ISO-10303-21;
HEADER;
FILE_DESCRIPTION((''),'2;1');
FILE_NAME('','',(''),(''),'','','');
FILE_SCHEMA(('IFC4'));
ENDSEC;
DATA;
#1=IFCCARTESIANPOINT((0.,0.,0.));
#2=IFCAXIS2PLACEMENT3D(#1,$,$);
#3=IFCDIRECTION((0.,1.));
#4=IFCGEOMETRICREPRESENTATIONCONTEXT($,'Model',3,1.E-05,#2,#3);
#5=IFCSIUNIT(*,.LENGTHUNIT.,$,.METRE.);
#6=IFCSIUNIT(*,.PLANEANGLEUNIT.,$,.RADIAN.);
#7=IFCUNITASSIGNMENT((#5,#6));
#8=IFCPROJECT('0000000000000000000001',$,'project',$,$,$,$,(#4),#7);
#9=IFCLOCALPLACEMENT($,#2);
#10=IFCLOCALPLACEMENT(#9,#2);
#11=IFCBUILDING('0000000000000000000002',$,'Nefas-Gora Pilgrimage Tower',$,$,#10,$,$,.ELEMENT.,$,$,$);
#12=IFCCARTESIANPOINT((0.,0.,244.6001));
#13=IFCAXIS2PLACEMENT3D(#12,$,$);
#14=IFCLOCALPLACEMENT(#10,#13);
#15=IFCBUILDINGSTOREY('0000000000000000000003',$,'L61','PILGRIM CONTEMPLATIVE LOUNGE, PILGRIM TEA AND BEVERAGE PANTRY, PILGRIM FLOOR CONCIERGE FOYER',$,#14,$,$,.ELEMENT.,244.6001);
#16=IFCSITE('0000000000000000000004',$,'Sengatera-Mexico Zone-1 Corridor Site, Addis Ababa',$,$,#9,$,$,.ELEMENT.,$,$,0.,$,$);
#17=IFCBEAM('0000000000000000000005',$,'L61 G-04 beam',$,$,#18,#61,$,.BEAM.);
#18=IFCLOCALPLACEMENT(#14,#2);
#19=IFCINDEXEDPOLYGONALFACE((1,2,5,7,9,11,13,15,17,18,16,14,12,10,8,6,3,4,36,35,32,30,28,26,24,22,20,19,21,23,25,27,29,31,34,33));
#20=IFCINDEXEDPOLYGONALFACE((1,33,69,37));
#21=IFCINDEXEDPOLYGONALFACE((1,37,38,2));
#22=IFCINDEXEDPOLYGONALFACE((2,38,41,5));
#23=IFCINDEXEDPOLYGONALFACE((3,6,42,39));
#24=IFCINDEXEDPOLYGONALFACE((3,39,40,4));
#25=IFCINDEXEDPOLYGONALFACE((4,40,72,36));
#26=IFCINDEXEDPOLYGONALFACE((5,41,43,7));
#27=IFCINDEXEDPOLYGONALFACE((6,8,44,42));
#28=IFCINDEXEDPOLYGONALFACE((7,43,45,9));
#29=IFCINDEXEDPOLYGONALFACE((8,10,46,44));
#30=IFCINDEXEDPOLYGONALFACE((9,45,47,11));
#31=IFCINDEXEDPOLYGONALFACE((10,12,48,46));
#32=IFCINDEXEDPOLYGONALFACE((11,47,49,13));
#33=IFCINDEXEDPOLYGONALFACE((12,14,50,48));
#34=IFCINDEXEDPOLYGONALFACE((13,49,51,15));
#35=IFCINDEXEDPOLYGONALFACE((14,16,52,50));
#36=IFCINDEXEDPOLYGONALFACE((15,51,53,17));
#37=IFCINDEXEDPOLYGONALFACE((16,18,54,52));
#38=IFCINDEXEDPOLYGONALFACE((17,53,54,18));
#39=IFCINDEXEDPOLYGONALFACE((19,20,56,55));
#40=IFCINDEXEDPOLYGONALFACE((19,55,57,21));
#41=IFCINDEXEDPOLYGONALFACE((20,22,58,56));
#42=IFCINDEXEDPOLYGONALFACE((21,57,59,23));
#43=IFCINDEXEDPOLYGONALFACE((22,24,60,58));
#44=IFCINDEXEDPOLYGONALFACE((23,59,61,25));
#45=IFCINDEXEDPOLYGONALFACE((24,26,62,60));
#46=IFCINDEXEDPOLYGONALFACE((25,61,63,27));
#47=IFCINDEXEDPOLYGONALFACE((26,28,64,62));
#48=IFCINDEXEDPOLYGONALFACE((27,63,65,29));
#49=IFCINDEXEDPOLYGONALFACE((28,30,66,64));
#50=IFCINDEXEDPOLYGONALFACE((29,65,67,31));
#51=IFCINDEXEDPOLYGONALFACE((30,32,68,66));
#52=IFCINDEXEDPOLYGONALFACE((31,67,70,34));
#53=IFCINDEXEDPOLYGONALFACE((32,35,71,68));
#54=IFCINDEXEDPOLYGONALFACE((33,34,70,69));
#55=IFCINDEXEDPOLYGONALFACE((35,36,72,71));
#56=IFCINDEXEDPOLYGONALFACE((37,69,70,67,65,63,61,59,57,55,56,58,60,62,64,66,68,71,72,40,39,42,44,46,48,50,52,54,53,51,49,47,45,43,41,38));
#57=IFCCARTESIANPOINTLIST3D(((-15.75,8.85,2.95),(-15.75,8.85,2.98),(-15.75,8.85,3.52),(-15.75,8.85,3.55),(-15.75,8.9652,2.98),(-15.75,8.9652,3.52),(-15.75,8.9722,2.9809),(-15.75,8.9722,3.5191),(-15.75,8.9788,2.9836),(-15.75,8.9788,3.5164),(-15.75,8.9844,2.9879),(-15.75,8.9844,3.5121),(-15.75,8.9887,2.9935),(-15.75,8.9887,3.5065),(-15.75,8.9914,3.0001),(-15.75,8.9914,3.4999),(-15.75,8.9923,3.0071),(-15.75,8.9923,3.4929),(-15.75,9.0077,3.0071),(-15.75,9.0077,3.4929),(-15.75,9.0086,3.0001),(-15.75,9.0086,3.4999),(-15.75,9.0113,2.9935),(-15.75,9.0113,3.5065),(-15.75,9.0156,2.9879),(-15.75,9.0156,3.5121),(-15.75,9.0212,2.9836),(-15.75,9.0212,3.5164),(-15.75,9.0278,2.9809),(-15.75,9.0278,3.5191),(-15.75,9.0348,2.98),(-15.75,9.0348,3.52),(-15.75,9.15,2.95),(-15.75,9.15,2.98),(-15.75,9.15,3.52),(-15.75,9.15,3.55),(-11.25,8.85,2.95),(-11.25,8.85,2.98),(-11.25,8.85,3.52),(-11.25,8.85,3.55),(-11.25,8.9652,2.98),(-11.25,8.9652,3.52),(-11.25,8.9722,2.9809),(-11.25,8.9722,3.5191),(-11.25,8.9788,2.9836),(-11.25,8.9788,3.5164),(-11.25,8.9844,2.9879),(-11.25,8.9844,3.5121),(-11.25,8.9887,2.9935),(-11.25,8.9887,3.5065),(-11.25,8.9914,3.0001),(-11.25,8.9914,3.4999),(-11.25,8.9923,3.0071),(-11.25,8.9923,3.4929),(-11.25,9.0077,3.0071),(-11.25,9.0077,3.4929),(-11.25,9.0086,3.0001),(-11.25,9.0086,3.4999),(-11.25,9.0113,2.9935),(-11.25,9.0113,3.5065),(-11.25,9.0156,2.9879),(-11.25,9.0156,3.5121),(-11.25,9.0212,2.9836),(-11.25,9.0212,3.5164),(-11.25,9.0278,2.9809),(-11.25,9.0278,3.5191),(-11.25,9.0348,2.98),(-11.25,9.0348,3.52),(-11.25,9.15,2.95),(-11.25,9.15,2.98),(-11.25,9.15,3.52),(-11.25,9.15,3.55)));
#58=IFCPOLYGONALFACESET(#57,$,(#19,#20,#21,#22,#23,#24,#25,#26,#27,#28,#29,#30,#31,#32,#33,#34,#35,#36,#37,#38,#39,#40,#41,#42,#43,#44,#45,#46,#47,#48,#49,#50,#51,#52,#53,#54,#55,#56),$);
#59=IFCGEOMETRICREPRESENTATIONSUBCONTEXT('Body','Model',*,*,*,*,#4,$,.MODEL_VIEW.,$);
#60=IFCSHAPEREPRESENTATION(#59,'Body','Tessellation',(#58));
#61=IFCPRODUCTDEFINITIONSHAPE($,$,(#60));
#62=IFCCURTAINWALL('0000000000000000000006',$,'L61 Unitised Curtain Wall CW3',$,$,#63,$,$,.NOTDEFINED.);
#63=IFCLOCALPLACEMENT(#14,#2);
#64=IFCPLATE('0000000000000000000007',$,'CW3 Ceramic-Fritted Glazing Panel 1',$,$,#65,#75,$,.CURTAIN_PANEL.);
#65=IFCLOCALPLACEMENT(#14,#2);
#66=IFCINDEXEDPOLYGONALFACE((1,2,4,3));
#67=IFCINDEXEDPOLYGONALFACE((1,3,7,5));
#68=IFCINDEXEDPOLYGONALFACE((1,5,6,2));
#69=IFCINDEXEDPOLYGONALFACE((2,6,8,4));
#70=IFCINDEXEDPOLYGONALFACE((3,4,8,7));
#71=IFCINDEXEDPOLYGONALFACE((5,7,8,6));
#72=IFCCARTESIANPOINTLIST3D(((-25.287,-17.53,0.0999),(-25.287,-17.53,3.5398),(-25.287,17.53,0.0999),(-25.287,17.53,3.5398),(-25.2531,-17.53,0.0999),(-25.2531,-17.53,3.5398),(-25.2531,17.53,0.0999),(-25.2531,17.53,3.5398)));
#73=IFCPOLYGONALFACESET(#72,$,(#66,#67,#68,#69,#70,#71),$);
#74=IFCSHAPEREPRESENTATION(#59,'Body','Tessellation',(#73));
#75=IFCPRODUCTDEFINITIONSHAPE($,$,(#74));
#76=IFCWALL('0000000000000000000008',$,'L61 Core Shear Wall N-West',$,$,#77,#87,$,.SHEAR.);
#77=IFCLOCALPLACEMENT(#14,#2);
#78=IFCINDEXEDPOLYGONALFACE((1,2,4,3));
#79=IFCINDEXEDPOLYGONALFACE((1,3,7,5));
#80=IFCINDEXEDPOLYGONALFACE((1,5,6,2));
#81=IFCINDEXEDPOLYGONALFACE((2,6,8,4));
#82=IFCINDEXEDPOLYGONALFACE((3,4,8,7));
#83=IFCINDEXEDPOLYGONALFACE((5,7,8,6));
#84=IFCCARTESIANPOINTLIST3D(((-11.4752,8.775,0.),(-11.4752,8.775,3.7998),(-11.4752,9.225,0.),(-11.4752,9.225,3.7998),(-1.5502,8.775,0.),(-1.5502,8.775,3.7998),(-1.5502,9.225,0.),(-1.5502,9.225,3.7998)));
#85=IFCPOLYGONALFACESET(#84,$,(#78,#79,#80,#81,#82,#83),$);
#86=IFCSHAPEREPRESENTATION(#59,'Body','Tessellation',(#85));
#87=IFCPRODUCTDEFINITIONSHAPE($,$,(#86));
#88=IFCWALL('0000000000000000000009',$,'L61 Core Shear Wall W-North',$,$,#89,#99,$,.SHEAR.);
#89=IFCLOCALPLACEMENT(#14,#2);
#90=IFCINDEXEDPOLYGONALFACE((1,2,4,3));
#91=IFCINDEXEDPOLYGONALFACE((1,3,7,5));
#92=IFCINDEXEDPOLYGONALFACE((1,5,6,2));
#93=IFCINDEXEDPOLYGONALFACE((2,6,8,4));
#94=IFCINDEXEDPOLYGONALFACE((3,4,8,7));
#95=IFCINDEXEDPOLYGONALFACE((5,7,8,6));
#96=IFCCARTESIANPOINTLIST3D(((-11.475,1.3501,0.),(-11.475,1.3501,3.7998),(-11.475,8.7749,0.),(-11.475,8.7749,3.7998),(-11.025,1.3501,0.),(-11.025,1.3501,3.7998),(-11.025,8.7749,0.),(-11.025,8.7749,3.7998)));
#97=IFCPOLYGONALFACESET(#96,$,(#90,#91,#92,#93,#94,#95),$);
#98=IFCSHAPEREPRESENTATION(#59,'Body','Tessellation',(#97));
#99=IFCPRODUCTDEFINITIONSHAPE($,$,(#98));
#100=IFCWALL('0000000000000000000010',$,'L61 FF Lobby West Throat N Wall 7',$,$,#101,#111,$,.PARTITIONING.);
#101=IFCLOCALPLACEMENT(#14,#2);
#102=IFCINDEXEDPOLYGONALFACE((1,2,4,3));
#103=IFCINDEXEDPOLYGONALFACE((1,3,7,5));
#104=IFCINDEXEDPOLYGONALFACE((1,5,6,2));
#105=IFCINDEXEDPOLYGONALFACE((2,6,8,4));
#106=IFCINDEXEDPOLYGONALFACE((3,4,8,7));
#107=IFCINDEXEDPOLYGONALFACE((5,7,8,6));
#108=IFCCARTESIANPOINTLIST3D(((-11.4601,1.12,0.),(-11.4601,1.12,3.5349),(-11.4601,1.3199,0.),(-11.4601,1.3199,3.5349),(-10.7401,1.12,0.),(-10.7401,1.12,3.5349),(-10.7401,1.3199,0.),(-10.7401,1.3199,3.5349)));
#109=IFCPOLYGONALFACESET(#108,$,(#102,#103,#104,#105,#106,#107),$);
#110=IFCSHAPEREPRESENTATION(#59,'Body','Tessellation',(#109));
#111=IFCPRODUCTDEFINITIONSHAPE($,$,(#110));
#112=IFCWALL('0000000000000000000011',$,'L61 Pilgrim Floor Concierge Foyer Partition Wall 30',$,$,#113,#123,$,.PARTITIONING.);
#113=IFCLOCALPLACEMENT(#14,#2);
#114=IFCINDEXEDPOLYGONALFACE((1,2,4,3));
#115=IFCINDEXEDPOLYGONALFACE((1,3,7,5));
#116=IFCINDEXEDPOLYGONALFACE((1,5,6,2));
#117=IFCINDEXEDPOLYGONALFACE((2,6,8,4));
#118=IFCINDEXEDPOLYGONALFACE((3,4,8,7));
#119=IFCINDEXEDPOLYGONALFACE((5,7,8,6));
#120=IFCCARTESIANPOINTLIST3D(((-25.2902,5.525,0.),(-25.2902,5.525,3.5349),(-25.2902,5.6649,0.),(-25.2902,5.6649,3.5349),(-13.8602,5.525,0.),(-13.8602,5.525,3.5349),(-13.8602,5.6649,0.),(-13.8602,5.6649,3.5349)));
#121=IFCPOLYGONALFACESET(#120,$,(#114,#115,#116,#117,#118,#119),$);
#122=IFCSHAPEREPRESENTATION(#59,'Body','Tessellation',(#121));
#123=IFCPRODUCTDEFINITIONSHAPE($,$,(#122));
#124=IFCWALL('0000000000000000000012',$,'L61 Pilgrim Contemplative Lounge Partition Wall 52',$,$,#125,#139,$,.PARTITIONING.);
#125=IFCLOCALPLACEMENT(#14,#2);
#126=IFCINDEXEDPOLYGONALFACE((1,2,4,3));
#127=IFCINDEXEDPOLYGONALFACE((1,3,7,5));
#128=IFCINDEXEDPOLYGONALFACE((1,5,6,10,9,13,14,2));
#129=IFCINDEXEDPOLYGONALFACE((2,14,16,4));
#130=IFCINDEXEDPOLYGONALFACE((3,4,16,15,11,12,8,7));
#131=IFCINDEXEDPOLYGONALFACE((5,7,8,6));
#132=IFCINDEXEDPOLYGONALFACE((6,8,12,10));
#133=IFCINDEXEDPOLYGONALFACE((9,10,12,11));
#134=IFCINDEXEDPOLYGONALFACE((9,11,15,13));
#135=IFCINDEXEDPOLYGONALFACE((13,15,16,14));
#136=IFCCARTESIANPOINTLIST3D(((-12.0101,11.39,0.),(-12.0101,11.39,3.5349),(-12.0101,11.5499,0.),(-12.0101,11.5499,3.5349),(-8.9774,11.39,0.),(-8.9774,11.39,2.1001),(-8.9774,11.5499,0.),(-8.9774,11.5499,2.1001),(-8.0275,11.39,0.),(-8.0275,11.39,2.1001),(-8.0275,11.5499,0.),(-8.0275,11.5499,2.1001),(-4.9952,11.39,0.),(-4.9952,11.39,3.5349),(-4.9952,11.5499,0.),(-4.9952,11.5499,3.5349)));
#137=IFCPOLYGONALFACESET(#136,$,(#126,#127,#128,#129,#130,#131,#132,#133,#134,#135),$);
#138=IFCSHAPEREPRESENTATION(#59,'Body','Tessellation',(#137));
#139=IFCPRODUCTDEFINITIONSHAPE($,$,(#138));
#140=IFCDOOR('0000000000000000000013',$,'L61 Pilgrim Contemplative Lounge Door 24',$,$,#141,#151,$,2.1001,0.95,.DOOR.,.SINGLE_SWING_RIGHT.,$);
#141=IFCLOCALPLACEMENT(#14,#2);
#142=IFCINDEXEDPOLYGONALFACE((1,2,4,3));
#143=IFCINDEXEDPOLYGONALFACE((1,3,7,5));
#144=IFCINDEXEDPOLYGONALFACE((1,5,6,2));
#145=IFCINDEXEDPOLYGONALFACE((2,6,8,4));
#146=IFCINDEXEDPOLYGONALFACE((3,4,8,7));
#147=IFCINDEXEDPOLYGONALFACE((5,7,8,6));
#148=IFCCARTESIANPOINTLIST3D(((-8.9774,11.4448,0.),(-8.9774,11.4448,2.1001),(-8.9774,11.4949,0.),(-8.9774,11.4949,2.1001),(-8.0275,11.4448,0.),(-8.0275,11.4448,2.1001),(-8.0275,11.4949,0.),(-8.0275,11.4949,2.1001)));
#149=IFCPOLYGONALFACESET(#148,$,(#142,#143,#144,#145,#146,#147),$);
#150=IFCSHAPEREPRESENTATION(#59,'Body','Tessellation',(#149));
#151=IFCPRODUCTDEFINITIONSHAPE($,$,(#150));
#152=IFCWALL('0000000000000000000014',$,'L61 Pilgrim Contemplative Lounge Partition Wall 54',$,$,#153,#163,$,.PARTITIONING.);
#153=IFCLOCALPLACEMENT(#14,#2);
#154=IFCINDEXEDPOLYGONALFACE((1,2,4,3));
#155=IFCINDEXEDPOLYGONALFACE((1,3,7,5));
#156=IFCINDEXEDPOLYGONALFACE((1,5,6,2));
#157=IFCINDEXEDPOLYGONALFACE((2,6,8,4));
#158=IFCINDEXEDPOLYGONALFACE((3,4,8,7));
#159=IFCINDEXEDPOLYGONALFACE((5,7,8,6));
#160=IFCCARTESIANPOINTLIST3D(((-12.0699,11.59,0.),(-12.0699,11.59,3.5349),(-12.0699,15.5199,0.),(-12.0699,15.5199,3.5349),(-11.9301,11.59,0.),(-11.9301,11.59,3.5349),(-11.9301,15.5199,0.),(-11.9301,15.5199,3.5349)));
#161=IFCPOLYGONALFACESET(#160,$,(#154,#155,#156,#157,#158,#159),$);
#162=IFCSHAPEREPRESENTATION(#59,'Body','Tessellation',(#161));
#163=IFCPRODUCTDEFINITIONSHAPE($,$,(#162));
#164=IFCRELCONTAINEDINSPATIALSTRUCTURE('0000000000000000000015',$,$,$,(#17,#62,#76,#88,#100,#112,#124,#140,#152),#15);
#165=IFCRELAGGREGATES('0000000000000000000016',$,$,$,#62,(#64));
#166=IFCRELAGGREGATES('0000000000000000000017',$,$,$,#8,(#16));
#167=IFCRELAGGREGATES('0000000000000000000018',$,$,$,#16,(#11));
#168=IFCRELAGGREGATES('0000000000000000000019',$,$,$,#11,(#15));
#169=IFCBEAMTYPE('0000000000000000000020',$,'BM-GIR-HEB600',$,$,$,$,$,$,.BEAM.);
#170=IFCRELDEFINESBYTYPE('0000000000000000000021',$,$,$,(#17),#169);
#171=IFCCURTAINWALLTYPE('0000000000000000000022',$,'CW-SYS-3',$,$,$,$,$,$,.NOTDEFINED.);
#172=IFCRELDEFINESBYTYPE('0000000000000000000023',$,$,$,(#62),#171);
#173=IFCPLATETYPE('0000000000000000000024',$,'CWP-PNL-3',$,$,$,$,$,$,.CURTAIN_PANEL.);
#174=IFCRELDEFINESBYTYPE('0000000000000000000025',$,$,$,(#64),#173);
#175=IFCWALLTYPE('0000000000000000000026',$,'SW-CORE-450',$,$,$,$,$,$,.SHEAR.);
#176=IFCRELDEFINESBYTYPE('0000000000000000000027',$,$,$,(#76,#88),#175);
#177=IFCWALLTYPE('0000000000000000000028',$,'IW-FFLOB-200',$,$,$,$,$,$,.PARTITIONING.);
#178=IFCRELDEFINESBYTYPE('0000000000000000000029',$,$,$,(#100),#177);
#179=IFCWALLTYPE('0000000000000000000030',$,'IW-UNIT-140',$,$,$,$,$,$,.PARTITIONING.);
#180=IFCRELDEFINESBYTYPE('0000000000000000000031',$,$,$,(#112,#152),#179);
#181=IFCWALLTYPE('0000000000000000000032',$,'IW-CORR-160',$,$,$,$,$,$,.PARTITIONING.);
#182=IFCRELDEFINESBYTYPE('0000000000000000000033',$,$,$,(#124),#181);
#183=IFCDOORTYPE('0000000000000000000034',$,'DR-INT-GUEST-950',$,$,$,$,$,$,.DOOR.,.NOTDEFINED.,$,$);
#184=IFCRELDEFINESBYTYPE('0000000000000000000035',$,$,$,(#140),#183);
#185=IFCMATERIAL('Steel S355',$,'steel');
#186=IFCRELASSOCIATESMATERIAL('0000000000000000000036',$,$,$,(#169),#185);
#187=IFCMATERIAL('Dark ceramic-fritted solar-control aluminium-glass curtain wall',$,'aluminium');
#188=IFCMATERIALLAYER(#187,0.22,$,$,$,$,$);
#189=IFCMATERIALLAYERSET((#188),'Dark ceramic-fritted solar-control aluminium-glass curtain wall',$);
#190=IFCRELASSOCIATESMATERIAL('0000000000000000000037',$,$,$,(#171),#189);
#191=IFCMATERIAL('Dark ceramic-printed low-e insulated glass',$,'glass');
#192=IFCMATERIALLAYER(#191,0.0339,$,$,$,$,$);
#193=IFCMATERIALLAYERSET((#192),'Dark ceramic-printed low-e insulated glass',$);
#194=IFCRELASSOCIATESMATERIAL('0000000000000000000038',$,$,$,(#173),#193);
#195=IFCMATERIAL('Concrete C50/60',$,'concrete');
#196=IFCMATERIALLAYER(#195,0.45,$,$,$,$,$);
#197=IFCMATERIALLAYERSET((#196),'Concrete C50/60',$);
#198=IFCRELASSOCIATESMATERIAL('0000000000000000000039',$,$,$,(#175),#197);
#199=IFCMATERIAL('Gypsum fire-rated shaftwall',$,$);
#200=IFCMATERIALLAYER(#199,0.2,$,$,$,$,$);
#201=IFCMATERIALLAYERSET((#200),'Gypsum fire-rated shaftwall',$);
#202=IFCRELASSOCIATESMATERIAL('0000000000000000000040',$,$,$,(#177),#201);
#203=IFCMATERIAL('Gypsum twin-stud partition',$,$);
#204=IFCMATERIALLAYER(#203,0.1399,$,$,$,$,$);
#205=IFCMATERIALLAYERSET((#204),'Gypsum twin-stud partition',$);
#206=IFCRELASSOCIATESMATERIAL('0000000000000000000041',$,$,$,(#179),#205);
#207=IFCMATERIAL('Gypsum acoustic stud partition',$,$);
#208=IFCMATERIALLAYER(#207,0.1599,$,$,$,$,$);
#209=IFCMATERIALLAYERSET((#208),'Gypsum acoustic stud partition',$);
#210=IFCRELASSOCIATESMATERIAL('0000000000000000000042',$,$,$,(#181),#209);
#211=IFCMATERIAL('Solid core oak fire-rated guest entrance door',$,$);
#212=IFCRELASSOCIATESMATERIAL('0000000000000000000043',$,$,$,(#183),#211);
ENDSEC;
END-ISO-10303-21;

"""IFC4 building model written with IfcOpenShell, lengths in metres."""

from ifc_helpers import new_model, si_unit, direction, frame, frame_2d, origin, origin_2d, place, context, subcontext, project, spatial, rectangle, i_section, extrude, source, transform, mapped, material, layer, layer_set, material_profile, profile_set, type_object, element, fill, aggregate, save


model = new_model("IFC4")

# Units and contexts
model_context = context("Model", 3, precision=1e-05, world=origin(), true_north=direction((0.0, 1.0)))
body_context = subcontext(model_context, "Body", "Model", "MODEL_VIEW")
ifc_project = project(units=[si_unit("LENGTHUNIT", "METRE"), si_unit("PLANEANGLEUNIT", "RADIAN")], contexts=[model_context])

# Site, building, storey
site_placement = place(None, origin())
site = spatial("IfcSite", under=ifc_project, at=site_placement, Name="Sengatera-Mexico Zone-1 Corridor Site, Addis Ababa", CompositionType="ELEMENT", RefElevation=0.0)
building_placement = place(site_placement, origin())
building = spatial("IfcBuilding", under=site, at=building_placement, Name="Nefas-Gora Pilgrimage Tower", CompositionType="ELEMENT")
storey_placement = place(building_placement, frame((0.0, 0.0, 244.6001)))
storey = spatial("IfcBuildingStorey", under=building, at=storey_placement, Name="L61", Description="PILGRIM CONTEMPLATIVE LOUNGE, PILGRIM TEA AND BEVERAGE PANTRY, PILGRIM FLOOR CONCIERGE FOYER", CompositionType="ELEMENT", Elevation=244.6001)

# Beam
ifc_material_1 = material(Name="Steel S355", Category="steel")
ifc_material_profile_1 = material_profile(ifc_material_1, i_section(OverallWidth=0.3, OverallDepth=0.6001, WebThickness=0.0154, FlangeThickness=0.03, FilletRadius=0.0271, at=origin_2d()), Name="HEB 600")
ifc_profile_set_1 = profile_set([ifc_material_profile_1], Name="Steel S355")
beam_type_1 = type_object("IfcBeamType", Name="BM-GIR-HEB600", PredefinedType="BEAM", material=ifc_profile_set_1)
shared_shape_1 = source(origin(), body_context, "Body", "SweptSolid", [
    extrude(i_section(OverallWidth=0.3, OverallDepth=0.6001, WebThickness=0.0154, FlangeThickness=0.03, FilletRadius=0.0271, at=origin_2d()), origin(), (0.0, 0.0, 1.0), 4.5),
])
for number, where, z_axis, x_axis, name in (
    (1, (-15.75, 9.0, 3.25), (1.0, 0.0, 0.0), (0.0, 1.0, 0.0), "L61 G-04 beam"),
):
    element("IfcBeam", number, at=place(storey_placement, frame(where, z_axis=z_axis, x_axis=x_axis)), inside=storey, type_object=beam_type_1, Name=name, PredefinedType="BEAM", context=body_context, shape_type="MappedRepresentation", body=[
        mapped(shared_shape_1, transform((0.0, 0.0, 0.0), x_axis=(1.0, 0.0, 0.0), y_axis=(0.0, 1.0, 0.0), z_axis=(0.0, 0.0, 1.0), scale=1.0)),
    ])

# Curtain wall, plate
ifc_material_2 = material(Name="Dark ceramic-fritted solar-control aluminium-glass curtain wall", Category="aluminium")
ifc_layer_1 = layer(ifc_material_2, 0.22)
ifc_layer_set_1 = layer_set([ifc_layer_1], Name="Dark ceramic-fritted solar-control aluminium-glass curtain wall")
curtain_wall_type = type_object("IfcCurtainWallType", Name="CW-SYS-3", PredefinedType="NOTDEFINED", material=ifc_layer_set_1)
curtain_wall_placement = place(storey_placement, origin())
curtain_wall = element("IfcCurtainWall", 2, at=curtain_wall_placement, inside=storey, type_object=curtain_wall_type, Name="L61 Unitised Curtain Wall CW3", PredefinedType="NOTDEFINED")
ifc_material_3 = material(Name="Dark ceramic-printed low-e insulated glass", Category="glass")
ifc_layer_2 = layer(ifc_material_3, 0.0339)
ifc_layer_set_2 = layer_set([ifc_layer_2], Name="Dark ceramic-printed low-e insulated glass")
plate_type = type_object("IfcPlateType", Name="CWP-PNL-3", PredefinedType="CURTAIN_PANEL", material=ifc_layer_set_2)
shared_shape_2 = source(origin(), body_context, "Body", "SweptSolid", [
    extrude(rectangle(XDim=35.0601, YDim=0.0339, at=origin_2d()), origin(), (0.0, 0.0, 1.0), 3.4399),
])
plate_placement = place(storey_placement, frame((-25.27, 0.0, 0.0999), z_axis=(0.0, 0.0, 1.0), x_axis=(0.0, -1.0, 0.0)))
plate = element("IfcPlate", 3, at=plate_placement, type_object=plate_type, Name="CW3 Ceramic-Fritted Glazing Panel 1", PredefinedType="CURTAIN_PANEL", context=body_context, shape_type="MappedRepresentation", body=[
    mapped(shared_shape_2, transform((0.0, 0.0, 0.0), x_axis=(1.0, 0.0, 0.0), y_axis=(0.0, 1.0, 0.0), z_axis=(0.0, 0.0, 1.0), scale=1.0)),
])
aggregate(curtain_wall, [plate])

# Walls
ifc_material_4 = material(Name="Concrete C50/60", Category="concrete")
ifc_layer_3 = layer(ifc_material_4, 0.45)
ifc_layer_set_3 = layer_set([ifc_layer_3], Name="Concrete C50/60")
wall_type_1 = type_object("IfcWallType", Name="SW-CORE-450", PredefinedType="SHEAR", material=ifc_layer_set_3)
shared_shape_3 = source(origin(), body_context, "Body", "SweptSolid", [
    extrude(rectangle(XDim=9.925, YDim=0.45, at=frame_2d((4.9624, 0.0))), origin(), (0.0, 0.0, 1.0), 3.7998),
])
wall_1_placement = place(storey_placement, frame((-11.4751, 9.0, 0.0), z_axis=(0.0, 0.0, 1.0), x_axis=(1.0, 0.0, 0.0)))
element("IfcWall", 4, at=wall_1_placement, inside=storey, type_object=wall_type_1, Name="L61 Core Shear Wall N-West", PredefinedType="SHEAR", context=body_context, shape_type="MappedRepresentation", body=[
    mapped(shared_shape_3, transform((0.0, 0.0, 0.0), x_axis=(1.0, 0.0, 0.0), y_axis=(0.0, 1.0, 0.0), z_axis=(0.0, 0.0, 1.0), scale=1.0)),
])
shared_shape_4 = source(origin(), body_context, "Body", "SweptSolid", [
    extrude(rectangle(XDim=7.4248, YDim=0.45, at=frame_2d((3.7124, 0.0))), origin(), (0.0, 0.0, 1.0), 3.7998),
])
wall_2_placement = place(storey_placement, frame((-11.25, 1.3501, 0.0), z_axis=(0.0, 0.0, 1.0), x_axis=(0.0, 1.0, 0.0)))
element("IfcWall", 5, at=wall_2_placement, inside=storey, type_object=wall_type_1, Name="L61 Core Shear Wall W-North", PredefinedType="SHEAR", context=body_context, shape_type="MappedRepresentation", body=[
    mapped(shared_shape_4, transform((0.0, 0.0, 0.0), x_axis=(1.0, 0.0, 0.0), y_axis=(0.0, 1.0, 0.0), z_axis=(0.0, 0.0, 1.0), scale=1.0)),
])
ifc_material_5 = material(Name="Gypsum fire-rated shaftwall")
ifc_layer_4 = layer(ifc_material_5, 0.2)
ifc_layer_set_4 = layer_set([ifc_layer_4], Name="Gypsum fire-rated shaftwall")
wall_type_2 = type_object("IfcWallType", Name="IW-FFLOB-200", PredefinedType="PARTITIONING", material=ifc_layer_set_4)
shared_shape_5 = source(origin(), body_context, "Body", "SweptSolid", [
    extrude(rectangle(XDim=0.72, YDim=0.2, at=frame_2d((0.3599, 0.0))), origin(), (0.0, 0.0, 1.0), 3.5349),
])
wall_3_placement = place(storey_placement, frame((-11.46, 1.22, 0.0), z_axis=(0.0, 0.0, 1.0), x_axis=(1.0, 0.0, 0.0)))
element("IfcWall", 6, at=wall_3_placement, inside=storey, type_object=wall_type_2, Name="L61 FF Lobby West Throat N Wall 7", PredefinedType="PARTITIONING", context=body_context, shape_type="MappedRepresentation", body=[
    mapped(shared_shape_5, transform((0.0, 0.0, 0.0), x_axis=(1.0, 0.0, 0.0), y_axis=(0.0, 1.0, 0.0), z_axis=(0.0, 0.0, 1.0), scale=1.0)),
])
ifc_material_6 = material(Name="Gypsum twin-stud partition")
ifc_layer_5 = layer(ifc_material_6, 0.1399)
ifc_layer_set_5 = layer_set([ifc_layer_5], Name="Gypsum twin-stud partition")
wall_type_3 = type_object("IfcWallType", Name="IW-UNIT-140", PredefinedType="PARTITIONING", material=ifc_layer_set_5)
shared_shape_6 = source(origin(), body_context, "Body", "SweptSolid", [
    extrude(rectangle(XDim=11.4299, YDim=0.1399, at=frame_2d((5.7148, 0.0))), origin(), (0.0, 0.0, 1.0), 3.5349),
])
wall_4_placement = place(storey_placement, frame((-25.29, 5.595, 0.0), z_axis=(0.0, 0.0, 1.0), x_axis=(1.0, 0.0, 0.0)))
element("IfcWall", 7, at=wall_4_placement, inside=storey, type_object=wall_type_3, Name="L61 Pilgrim Floor Concierge Foyer Partition Wall 30", PredefinedType="PARTITIONING", context=body_context, shape_type="MappedRepresentation", body=[
    mapped(shared_shape_6, transform((0.0, 0.0, 0.0), x_axis=(1.0, 0.0, 0.0), y_axis=(0.0, 1.0, 0.0), z_axis=(0.0, 0.0, 1.0), scale=1.0)),
])

# Wall, opening, door
ifc_material_7 = material(Name="Gypsum acoustic stud partition")
ifc_layer_6 = layer(ifc_material_7, 0.1599)
ifc_layer_set_6 = layer_set([ifc_layer_6], Name="Gypsum acoustic stud partition")
wall_type_4 = type_object("IfcWallType", Name="IW-CORR-160", PredefinedType="PARTITIONING", material=ifc_layer_set_6)
shared_shape_7 = source(origin(), body_context, "Body", "SweptSolid", [
    extrude(rectangle(XDim=7.0149, YDim=0.1599, at=frame_2d((3.5073, 0.0))), origin(), (0.0, 0.0, 1.0), 3.5349),
])
wall_5_placement = place(storey_placement, frame((-12.01, 11.47, 0.0), z_axis=(0.0, 0.0, 1.0), x_axis=(1.0, 0.0, 0.0)))
wall_5 = element("IfcWall", 8, at=wall_5_placement, inside=storey, type_object=wall_type_4, Name="L61 Pilgrim Contemplative Lounge Partition Wall 52", PredefinedType="PARTITIONING", context=body_context, shape_type="MappedRepresentation", body=[
    mapped(shared_shape_7, transform((0.0, 0.0, 0.0), x_axis=(1.0, 0.0, 0.0), y_axis=(0.0, 1.0, 0.0), z_axis=(0.0, 0.0, 1.0), scale=1.0)),
])
opening_1_placement = place(wall_5_placement, frame((3.0325, 0.0, 0.0)))
opening_1 = element("IfcOpeningElement", 9, at=opening_1_placement, cuts=wall_5, PredefinedType="OPENING", context=body_context, shape_type="SweptSolid", body=[
    extrude(rectangle(XDim=0.95, YDim=2.1001, at=frame_2d((0.4751, 1.05))), frame((0.0, 0.0898, 0.0), z_axis=(0.0, -1.0, 0.0), x_axis=(1.0, 0.0, 0.0)), (0.0, 0.0, 1.0), 0.1799),
])
ifc_material_8 = material(Name="Solid core oak fire-rated guest entrance door")
door_type = type_object("IfcDoorType", Name="DR-INT-GUEST-950", OperationType="NOTDEFINED", PredefinedType="DOOR", material=ifc_material_8)
shared_shape_8 = source(origin(), body_context, "Body", "SweptSolid", [
    extrude(rectangle(XDim=0.95, YDim=2.1001, at=frame_2d((0.4751, 1.05))), frame((0.0, 0.0249, 0.0), z_axis=(0.0, -1.0, 0.0), x_axis=(1.0, 0.0, 0.0)), (0.0, 0.0, 1.0), 0.05),
])
door_1_placement = place(opening_1_placement, origin())
door_1 = element("IfcDoor", 10, at=door_1_placement, inside=storey, type_object=door_type, Name="L61 Pilgrim Contemplative Lounge Door 24", OperationType="SINGLE_SWING_RIGHT", OverallHeight=2.1001, OverallWidth=0.95, PredefinedType="DOOR", context=body_context, shape_type="MappedRepresentation", body=[
    mapped(shared_shape_8, transform((0.0, 0.0, 0.0), x_axis=(1.0, 0.0, 0.0), y_axis=(0.0, 1.0, 0.0), z_axis=(0.0, 0.0, 1.0), scale=1.0)),
])
fill(opening_1, door_1)

# Wall
shared_shape_9 = source(origin(), body_context, "Body", "SweptSolid", [
    extrude(rectangle(XDim=3.9299, YDim=0.1399, at=frame_2d((1.9648, 0.0))), origin(), (0.0, 0.0, 1.0), 3.5349),
])
wall_6_placement = place(storey_placement, frame((-12.0, 11.5901, 0.0), z_axis=(0.0, 0.0, 1.0), x_axis=(0.0, 1.0, 0.0)))
element("IfcWall", 11, at=wall_6_placement, inside=storey, type_object=wall_type_3, Name="L61 Pilgrim Contemplative Lounge Partition Wall 54", PredefinedType="PARTITIONING", context=body_context, shape_type="MappedRepresentation", body=[
    mapped(shared_shape_9, transform((0.0, 0.0, 0.0), x_axis=(1.0, 0.0, 0.0), y_axis=(0.0, 1.0, 0.0), z_axis=(0.0, 0.0, 1.0), scale=1.0)),
])

save(model, "model.ifc")
